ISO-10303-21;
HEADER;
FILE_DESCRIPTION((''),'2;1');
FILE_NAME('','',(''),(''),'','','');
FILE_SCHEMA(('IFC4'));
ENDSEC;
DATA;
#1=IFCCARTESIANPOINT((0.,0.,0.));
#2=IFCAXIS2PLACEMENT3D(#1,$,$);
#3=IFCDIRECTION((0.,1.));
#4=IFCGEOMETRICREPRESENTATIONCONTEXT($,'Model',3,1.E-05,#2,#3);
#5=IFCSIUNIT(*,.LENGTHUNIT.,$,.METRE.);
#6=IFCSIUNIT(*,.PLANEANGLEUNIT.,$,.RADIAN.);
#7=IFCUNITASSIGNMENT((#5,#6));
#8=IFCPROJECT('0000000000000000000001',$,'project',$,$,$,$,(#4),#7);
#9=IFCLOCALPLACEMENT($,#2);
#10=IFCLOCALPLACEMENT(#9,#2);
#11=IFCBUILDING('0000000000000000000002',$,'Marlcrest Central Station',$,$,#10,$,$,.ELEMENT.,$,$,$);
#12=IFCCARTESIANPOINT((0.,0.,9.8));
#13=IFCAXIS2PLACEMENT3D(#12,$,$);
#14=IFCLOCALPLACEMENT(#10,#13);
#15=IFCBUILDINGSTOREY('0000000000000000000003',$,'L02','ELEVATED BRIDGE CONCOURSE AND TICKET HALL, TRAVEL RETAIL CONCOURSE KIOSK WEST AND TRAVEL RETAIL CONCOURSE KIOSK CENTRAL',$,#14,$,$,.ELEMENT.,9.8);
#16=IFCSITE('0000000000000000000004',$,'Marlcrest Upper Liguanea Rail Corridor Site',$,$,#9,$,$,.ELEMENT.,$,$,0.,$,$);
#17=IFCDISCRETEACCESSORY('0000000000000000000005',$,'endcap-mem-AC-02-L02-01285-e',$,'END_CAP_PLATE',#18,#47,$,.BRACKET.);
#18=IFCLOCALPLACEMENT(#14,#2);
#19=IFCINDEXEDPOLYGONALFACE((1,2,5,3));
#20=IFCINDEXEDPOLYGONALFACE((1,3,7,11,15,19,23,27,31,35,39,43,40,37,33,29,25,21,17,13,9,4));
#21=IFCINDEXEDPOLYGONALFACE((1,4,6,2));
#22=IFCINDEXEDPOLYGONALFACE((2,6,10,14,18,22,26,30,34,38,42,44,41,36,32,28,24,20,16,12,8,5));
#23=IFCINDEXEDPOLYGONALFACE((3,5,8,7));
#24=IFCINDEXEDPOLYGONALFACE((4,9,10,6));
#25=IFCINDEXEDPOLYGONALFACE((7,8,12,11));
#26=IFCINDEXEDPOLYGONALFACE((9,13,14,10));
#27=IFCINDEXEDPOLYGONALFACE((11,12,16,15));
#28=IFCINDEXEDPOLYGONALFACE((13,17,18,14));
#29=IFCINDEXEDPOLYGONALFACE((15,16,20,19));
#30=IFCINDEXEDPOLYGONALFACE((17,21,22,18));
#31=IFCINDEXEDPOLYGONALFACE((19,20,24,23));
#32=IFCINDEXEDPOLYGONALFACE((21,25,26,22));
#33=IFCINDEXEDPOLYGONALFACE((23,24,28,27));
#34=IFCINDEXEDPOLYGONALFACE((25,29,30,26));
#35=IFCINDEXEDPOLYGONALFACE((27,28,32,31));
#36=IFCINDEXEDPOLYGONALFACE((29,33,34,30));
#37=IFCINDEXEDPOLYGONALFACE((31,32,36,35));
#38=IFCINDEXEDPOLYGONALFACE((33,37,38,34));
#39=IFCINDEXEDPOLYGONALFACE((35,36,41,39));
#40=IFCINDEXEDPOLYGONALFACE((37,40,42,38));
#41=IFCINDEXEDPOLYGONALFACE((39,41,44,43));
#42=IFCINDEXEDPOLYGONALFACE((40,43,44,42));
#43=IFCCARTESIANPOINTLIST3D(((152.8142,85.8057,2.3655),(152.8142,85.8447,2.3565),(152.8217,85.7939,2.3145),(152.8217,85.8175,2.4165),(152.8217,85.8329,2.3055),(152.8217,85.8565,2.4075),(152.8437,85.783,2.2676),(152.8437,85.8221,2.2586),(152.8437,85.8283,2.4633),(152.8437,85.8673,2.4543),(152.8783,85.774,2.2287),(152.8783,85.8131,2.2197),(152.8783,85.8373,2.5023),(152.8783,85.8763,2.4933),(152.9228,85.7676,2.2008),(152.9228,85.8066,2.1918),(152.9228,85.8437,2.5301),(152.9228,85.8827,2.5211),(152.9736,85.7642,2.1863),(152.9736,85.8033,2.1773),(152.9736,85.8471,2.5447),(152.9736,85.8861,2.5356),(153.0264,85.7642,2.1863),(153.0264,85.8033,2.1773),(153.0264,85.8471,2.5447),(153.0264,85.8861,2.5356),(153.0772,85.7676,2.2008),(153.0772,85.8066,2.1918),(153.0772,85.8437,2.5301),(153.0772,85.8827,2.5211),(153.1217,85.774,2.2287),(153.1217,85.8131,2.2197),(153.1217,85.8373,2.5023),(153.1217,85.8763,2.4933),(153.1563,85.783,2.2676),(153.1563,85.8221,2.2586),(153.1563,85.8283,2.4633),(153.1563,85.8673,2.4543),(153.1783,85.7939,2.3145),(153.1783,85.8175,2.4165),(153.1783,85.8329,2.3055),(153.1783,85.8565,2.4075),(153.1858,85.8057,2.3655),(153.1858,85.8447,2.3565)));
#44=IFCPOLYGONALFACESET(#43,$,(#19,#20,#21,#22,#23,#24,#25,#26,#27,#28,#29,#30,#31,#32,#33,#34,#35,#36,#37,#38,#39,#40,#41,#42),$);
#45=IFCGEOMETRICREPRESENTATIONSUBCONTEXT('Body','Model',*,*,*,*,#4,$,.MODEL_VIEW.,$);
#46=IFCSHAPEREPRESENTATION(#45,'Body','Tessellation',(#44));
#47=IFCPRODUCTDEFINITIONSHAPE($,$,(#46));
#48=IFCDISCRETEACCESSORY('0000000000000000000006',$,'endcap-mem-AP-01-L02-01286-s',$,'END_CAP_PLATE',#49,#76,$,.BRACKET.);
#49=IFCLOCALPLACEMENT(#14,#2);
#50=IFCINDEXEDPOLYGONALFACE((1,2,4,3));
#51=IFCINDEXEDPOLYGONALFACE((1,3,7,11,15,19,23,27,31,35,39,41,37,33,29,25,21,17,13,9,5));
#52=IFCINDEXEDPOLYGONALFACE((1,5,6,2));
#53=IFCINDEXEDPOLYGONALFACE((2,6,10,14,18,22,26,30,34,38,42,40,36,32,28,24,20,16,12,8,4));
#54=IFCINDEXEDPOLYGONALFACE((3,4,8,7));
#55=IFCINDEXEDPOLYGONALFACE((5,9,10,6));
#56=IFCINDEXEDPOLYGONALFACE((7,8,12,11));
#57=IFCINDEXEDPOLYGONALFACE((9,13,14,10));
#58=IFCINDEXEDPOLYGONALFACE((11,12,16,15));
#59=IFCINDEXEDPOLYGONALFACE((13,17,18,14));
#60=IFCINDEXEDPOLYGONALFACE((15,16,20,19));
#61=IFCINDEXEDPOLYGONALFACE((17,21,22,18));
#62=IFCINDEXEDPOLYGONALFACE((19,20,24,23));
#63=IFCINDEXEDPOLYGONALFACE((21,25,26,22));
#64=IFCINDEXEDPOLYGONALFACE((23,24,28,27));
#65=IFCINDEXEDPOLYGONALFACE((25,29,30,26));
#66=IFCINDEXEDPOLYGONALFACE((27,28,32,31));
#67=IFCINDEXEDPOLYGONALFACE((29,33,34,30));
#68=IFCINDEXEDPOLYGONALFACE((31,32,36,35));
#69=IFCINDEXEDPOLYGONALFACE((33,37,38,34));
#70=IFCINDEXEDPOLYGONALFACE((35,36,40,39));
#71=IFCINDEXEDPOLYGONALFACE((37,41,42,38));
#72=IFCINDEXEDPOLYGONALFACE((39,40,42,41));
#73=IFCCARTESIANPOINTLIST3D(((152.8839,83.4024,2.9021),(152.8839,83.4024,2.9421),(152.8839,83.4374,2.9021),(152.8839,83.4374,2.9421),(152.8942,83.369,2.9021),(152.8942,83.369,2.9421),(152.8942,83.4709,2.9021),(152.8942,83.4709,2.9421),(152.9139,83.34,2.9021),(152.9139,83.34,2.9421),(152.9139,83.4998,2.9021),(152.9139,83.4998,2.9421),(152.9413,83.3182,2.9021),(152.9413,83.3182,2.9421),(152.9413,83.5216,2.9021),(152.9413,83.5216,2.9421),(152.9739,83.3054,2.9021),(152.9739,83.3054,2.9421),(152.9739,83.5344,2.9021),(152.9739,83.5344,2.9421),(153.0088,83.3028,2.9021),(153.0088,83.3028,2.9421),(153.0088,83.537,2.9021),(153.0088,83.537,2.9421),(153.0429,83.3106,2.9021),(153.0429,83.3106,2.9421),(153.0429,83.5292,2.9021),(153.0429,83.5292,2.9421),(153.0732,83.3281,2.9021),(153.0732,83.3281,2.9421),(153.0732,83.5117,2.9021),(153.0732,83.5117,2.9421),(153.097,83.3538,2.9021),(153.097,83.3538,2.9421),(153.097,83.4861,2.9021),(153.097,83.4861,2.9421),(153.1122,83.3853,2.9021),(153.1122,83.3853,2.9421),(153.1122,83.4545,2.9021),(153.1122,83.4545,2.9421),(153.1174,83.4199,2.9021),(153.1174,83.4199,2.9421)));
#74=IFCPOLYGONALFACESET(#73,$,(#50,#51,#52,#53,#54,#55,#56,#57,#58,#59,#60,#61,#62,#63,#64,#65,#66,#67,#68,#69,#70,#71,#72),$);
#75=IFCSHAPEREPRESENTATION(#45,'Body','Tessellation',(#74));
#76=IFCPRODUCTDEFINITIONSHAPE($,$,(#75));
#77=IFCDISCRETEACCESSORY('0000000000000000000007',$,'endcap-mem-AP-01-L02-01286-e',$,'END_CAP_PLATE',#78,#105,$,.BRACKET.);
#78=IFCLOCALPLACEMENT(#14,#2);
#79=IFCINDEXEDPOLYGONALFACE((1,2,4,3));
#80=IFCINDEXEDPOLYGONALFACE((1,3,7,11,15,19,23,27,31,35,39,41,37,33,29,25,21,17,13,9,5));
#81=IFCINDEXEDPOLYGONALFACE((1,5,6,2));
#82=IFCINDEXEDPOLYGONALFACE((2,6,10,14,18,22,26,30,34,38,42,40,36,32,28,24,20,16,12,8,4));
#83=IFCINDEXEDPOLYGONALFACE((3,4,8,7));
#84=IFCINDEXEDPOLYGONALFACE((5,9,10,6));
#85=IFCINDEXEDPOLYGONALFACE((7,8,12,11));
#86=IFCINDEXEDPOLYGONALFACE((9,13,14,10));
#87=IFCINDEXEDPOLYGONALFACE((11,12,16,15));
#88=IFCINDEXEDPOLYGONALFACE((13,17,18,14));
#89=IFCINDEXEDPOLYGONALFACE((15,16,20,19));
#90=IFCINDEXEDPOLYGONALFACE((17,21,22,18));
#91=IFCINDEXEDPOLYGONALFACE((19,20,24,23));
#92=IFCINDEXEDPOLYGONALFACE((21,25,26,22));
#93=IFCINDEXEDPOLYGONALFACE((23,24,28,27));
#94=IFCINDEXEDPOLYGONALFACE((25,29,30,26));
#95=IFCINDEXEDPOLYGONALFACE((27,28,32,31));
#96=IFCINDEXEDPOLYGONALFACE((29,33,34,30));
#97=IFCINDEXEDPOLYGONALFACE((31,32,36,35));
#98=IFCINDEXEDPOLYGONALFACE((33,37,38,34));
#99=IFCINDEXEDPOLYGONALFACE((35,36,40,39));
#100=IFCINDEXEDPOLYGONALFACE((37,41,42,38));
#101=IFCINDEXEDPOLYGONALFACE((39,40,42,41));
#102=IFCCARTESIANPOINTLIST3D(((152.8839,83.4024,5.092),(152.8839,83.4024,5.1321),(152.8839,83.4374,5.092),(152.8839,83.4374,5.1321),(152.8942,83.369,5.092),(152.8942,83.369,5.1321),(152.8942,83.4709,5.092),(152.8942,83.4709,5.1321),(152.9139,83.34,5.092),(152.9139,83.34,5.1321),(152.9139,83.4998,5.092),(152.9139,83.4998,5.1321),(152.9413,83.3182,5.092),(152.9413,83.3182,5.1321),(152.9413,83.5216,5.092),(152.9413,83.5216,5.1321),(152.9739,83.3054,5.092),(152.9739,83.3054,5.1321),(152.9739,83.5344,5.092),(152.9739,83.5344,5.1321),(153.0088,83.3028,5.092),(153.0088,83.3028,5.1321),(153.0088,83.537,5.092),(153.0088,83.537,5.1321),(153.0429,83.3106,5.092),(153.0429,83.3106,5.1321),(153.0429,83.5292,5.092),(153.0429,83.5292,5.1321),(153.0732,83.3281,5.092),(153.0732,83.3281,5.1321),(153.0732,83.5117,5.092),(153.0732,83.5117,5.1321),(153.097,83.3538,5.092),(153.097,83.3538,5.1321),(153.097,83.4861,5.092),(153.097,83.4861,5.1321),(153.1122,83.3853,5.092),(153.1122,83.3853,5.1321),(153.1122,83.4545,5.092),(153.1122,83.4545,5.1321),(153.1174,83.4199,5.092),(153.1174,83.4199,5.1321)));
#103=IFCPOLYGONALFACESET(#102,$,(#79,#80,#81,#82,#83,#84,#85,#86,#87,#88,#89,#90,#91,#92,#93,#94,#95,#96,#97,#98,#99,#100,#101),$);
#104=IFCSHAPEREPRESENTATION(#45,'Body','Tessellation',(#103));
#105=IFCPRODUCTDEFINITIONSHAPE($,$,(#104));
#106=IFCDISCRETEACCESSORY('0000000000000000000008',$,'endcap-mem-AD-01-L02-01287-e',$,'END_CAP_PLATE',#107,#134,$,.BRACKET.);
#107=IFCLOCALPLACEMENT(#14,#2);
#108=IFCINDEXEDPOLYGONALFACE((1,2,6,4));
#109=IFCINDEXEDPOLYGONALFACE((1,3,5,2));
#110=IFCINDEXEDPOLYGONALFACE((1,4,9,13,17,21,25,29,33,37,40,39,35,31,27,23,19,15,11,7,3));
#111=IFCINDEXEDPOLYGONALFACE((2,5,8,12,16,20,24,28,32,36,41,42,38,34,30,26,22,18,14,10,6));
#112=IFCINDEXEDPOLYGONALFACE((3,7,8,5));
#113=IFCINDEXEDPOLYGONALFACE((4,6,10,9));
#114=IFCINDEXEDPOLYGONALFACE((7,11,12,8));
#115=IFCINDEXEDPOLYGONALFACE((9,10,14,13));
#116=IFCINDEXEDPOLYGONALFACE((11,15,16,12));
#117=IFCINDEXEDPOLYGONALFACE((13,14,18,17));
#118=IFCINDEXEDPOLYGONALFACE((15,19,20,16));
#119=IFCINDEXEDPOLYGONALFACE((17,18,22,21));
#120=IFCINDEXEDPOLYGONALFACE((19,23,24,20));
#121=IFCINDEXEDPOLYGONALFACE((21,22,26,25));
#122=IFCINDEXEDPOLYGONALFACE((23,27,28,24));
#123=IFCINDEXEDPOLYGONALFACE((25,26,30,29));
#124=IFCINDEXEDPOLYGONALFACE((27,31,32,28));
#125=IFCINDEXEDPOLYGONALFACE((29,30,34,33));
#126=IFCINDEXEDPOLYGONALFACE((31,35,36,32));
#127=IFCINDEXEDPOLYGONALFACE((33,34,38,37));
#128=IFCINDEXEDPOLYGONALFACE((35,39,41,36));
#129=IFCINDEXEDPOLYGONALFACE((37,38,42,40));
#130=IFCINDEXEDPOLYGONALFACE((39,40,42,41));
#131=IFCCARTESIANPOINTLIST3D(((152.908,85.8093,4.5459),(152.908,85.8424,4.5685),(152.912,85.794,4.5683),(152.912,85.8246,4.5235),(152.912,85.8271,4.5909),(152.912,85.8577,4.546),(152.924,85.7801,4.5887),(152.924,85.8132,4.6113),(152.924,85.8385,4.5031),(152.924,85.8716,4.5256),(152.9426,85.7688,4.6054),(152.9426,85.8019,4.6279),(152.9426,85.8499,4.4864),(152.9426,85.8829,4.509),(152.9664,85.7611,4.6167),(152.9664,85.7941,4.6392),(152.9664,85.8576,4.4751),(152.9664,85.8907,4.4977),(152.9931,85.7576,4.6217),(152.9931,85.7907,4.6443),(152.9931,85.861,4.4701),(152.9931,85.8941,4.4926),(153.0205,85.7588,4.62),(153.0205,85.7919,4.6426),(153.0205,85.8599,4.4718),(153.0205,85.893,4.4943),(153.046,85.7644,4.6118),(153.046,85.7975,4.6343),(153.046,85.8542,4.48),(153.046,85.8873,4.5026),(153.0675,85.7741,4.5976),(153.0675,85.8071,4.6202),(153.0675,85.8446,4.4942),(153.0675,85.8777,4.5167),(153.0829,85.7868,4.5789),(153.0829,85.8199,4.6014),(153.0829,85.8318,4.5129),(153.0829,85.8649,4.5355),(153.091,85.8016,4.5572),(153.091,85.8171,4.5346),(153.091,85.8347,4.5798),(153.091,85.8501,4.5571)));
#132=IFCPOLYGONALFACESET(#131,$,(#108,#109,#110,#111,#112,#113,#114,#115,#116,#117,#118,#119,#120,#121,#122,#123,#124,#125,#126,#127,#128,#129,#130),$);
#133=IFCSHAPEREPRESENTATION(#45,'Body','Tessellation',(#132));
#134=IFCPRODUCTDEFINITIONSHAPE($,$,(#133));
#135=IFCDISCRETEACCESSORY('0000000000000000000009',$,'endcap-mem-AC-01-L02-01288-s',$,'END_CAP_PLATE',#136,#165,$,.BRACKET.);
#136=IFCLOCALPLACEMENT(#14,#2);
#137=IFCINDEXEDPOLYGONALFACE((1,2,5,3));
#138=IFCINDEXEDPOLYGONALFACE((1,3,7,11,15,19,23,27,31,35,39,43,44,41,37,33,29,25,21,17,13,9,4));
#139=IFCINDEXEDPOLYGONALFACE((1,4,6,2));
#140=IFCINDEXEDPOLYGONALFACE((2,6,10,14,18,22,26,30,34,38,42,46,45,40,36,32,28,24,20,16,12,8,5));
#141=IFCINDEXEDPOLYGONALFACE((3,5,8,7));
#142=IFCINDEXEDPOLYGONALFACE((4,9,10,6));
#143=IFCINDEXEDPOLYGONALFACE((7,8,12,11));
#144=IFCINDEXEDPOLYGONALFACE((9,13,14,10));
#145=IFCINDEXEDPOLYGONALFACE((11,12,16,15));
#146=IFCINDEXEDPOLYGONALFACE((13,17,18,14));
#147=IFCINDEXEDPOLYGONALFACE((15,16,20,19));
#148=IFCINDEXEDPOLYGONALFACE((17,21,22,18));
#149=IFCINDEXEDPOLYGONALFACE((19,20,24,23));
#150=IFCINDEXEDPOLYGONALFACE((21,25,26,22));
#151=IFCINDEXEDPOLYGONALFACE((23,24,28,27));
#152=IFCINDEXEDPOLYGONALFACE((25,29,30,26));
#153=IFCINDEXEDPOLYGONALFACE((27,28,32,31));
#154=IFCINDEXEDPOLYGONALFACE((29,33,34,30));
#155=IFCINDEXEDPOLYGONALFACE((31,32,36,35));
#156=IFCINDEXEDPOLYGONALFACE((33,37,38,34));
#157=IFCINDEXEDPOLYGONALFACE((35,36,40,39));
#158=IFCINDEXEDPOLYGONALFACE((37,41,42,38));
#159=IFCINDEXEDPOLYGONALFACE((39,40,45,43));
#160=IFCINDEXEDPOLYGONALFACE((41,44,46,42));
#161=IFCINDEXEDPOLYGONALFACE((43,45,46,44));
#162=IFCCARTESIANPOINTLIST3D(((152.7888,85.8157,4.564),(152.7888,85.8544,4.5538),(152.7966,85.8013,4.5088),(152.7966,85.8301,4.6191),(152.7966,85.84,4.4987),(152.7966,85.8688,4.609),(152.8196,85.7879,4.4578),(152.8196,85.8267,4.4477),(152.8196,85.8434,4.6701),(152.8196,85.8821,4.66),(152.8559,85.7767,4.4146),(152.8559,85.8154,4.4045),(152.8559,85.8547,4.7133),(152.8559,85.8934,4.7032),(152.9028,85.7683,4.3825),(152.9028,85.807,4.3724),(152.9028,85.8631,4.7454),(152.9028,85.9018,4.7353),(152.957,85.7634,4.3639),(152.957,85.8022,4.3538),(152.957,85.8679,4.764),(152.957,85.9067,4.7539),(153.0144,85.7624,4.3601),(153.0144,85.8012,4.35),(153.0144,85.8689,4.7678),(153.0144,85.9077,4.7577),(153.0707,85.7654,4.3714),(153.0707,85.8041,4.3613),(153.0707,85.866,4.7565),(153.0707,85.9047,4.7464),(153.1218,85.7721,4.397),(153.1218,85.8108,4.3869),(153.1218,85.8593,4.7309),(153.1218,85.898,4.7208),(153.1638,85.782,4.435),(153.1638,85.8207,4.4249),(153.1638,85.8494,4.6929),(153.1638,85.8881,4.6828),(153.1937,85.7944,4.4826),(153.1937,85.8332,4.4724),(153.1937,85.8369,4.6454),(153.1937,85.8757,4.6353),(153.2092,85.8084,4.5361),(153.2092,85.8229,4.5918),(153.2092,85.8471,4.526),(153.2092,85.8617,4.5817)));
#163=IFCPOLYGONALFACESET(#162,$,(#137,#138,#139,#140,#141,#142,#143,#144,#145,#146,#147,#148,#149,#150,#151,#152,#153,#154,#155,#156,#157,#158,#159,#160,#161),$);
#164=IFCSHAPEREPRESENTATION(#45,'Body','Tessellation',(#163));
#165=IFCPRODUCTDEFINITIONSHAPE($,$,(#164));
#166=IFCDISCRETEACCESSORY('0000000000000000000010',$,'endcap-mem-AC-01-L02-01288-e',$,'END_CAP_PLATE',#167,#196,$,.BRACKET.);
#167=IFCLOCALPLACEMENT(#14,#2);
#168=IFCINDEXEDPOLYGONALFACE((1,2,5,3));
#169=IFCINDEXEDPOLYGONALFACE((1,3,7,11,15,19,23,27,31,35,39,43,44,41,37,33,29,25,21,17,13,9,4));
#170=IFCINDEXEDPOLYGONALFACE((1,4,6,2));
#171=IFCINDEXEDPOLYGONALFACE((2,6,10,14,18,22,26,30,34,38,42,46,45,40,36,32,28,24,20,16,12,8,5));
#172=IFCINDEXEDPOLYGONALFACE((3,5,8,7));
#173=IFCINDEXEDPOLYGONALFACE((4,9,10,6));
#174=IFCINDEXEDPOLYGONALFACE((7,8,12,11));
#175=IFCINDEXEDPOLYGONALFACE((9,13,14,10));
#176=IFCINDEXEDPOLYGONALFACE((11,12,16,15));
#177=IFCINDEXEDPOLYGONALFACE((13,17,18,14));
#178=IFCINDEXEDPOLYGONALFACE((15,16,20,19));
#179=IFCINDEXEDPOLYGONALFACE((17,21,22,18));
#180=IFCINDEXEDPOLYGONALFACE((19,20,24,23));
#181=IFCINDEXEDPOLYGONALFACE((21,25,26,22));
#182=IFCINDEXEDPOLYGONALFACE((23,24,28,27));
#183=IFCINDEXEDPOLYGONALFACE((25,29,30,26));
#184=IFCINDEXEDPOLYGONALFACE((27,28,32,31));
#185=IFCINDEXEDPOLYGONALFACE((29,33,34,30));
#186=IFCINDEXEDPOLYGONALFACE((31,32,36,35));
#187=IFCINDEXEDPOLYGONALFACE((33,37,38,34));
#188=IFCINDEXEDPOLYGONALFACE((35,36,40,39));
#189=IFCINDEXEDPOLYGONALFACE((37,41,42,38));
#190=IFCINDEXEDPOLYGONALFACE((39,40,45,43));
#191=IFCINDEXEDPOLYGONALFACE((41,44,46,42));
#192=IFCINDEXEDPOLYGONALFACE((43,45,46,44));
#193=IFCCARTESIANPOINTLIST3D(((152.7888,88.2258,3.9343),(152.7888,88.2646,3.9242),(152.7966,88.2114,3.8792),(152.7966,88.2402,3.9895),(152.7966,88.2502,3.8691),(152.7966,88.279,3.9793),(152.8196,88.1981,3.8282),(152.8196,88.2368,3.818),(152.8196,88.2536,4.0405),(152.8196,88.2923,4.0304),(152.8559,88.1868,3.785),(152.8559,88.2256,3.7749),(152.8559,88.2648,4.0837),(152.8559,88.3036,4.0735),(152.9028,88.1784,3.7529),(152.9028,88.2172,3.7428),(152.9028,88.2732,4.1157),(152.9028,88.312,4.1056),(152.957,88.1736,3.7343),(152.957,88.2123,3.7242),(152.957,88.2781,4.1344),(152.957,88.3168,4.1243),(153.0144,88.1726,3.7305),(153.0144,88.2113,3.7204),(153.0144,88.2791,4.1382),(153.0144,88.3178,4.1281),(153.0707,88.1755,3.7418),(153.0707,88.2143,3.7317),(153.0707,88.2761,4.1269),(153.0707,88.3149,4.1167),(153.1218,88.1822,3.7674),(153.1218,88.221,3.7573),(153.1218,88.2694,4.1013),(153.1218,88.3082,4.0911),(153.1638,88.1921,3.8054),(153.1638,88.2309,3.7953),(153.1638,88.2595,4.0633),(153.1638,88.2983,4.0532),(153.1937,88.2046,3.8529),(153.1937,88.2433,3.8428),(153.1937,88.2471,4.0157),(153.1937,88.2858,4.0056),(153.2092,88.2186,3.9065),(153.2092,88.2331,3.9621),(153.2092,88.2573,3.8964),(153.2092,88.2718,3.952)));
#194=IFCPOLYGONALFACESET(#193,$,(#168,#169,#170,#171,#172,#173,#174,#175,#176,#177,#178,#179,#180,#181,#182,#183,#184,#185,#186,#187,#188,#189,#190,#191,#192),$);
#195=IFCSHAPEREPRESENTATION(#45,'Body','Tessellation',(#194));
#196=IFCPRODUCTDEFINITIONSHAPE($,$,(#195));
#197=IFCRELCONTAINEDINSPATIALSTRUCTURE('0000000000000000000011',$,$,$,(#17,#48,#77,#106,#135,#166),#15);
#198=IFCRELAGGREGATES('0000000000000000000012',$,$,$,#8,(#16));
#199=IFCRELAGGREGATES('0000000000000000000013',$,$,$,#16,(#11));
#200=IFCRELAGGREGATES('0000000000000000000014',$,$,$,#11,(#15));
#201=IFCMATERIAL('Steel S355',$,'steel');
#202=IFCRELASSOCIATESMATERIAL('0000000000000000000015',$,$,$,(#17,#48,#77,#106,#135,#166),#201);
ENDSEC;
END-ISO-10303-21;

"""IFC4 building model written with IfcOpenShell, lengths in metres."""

from ifc_helpers import new_model, si_unit, direction, frame, origin, origin_2d, place, context, subcontext, project, spatial, circle, extrude, material, element, save


model = new_model("IFC4")

# Units and contexts
model_context = context("Model", 3, precision=1e-05, world=origin(), true_north=direction((0.0, 1.0)))
body_context = subcontext(model_context, "Body", "Model", "MODEL_VIEW")
ifc_project = project(units=[si_unit("LENGTHUNIT", "METRE"), si_unit("PLANEANGLEUNIT", "RADIAN")], contexts=[model_context])

# Site, building, storey
site_placement = place(None, origin())
site = spatial("IfcSite", under=ifc_project, at=site_placement, Name="Marlcrest Upper Liguanea Rail Corridor Site", CompositionType="ELEMENT", RefElevation=0.0)
building_placement = place(site_placement, origin())
building = spatial("IfcBuilding", under=site, at=building_placement, Name="Marlcrest Central Station", CompositionType="ELEMENT")
storey_placement = place(building_placement, frame((0.0, 0.0, 9.8)))
storey = spatial("IfcBuildingStorey", under=building, at=storey_placement, Name="L02", Description="ELEVATED BRIDGE CONCOURSE AND TICKET HALL, TRAVEL RETAIL CONCOURSE KIOSK WEST AND TRAVEL RETAIL CONCOURSE KIOSK CENTRAL", CompositionType="ELEMENT", Elevation=9.8)

# Shared definitions
ifc_material_1 = material(Name="Steel S355", Category="steel")

# Discrete accessories
discrete_accessory_1_placement = place(storey_placement, frame((153.0, 85.8057, 2.3655), z_axis=(0.0, 0.974308, -0.22522), x_axis=(-1.0, 0.0, 0.0)))
element("IfcDiscreteAccessory", 1, at=discrete_accessory_1_placement, inside=storey, material=ifc_material_1, Name="endcap-mem-AC-02-L02-01285-e", ObjectType="END_CAP_PLATE", PredefinedType="BRACKET", context=body_context, shape_type="SweptSolid", body=[
    extrude(circle(Radius=0.1858, at=origin_2d()), origin(), (0.0, 0.0, 1.0), 0.04),
])
for number, where, z_axis, x_axis, name in (
    (2, (153.0, 83.4199, 2.9021), (0.0, 0.0, 1.0), (1.0, 0.0, 0.0), "endcap-mem-AP-01-L02-01286-s"),
    (3, (153.0, 83.4199, 5.092), (0.0, 0.0, 1.0), (1.0, 0.0, 0.0), "endcap-mem-AP-01-L02-01286-e"),
):
    element("IfcDiscreteAccessory", number, at=place(storey_placement, frame(where, z_axis=z_axis, x_axis=x_axis)), inside=storey, material=ifc_material_1, Name=name, ObjectType="END_CAP_PLATE", PredefinedType="BRACKET", context=body_context, shape_type="SweptSolid", body=[
        extrude(circle(Radius=0.1174, at=origin_2d()), origin(), (0.0, 0.0, 1.0), 0.04),
    ])
discrete_accessory_2_placement = place(storey_placement, frame((153.0, 85.8093, 4.5459), z_axis=(0.0, 0.826263, 0.563285), x_axis=(-1.0, 0.0, 0.0)))
element("IfcDiscreteAccessory", 4, at=discrete_accessory_2_placement, inside=storey, material=ifc_material_1, Name="endcap-mem-AD-01-L02-01287-e", ObjectType="END_CAP_PLATE", PredefinedType="BRACKET", context=body_context, shape_type="SweptSolid", body=[
    extrude(circle(Radius=0.092, at=origin_2d()), origin(), (0.0, 0.0, 1.0), 0.04),
])
for number, where, z_axis, x_axis, name in (
    (5, (153.0, 85.8157, 4.564), (0.0, 0.967539, -0.25272), (-1.0, 0.0, 0.0), "endcap-mem-AC-01-L02-01288-s"),
    (6, (153.0, 88.2258, 3.9343), (0.0, 0.967539, -0.25272), (-1.0, 0.0, 0.0), "endcap-mem-AC-01-L02-01288-e"),
):
    element("IfcDiscreteAccessory", number, at=place(storey_placement, frame(where, z_axis=z_axis, x_axis=x_axis)), inside=storey, material=ifc_material_1, Name=name, ObjectType="END_CAP_PLATE", PredefinedType="BRACKET", context=body_context, shape_type="SweptSolid", body=[
        extrude(circle(Radius=0.2112, at=origin_2d()), origin(), (0.0, 0.0, 1.0), 0.04),
    ])

save(model, "model.ifc")
